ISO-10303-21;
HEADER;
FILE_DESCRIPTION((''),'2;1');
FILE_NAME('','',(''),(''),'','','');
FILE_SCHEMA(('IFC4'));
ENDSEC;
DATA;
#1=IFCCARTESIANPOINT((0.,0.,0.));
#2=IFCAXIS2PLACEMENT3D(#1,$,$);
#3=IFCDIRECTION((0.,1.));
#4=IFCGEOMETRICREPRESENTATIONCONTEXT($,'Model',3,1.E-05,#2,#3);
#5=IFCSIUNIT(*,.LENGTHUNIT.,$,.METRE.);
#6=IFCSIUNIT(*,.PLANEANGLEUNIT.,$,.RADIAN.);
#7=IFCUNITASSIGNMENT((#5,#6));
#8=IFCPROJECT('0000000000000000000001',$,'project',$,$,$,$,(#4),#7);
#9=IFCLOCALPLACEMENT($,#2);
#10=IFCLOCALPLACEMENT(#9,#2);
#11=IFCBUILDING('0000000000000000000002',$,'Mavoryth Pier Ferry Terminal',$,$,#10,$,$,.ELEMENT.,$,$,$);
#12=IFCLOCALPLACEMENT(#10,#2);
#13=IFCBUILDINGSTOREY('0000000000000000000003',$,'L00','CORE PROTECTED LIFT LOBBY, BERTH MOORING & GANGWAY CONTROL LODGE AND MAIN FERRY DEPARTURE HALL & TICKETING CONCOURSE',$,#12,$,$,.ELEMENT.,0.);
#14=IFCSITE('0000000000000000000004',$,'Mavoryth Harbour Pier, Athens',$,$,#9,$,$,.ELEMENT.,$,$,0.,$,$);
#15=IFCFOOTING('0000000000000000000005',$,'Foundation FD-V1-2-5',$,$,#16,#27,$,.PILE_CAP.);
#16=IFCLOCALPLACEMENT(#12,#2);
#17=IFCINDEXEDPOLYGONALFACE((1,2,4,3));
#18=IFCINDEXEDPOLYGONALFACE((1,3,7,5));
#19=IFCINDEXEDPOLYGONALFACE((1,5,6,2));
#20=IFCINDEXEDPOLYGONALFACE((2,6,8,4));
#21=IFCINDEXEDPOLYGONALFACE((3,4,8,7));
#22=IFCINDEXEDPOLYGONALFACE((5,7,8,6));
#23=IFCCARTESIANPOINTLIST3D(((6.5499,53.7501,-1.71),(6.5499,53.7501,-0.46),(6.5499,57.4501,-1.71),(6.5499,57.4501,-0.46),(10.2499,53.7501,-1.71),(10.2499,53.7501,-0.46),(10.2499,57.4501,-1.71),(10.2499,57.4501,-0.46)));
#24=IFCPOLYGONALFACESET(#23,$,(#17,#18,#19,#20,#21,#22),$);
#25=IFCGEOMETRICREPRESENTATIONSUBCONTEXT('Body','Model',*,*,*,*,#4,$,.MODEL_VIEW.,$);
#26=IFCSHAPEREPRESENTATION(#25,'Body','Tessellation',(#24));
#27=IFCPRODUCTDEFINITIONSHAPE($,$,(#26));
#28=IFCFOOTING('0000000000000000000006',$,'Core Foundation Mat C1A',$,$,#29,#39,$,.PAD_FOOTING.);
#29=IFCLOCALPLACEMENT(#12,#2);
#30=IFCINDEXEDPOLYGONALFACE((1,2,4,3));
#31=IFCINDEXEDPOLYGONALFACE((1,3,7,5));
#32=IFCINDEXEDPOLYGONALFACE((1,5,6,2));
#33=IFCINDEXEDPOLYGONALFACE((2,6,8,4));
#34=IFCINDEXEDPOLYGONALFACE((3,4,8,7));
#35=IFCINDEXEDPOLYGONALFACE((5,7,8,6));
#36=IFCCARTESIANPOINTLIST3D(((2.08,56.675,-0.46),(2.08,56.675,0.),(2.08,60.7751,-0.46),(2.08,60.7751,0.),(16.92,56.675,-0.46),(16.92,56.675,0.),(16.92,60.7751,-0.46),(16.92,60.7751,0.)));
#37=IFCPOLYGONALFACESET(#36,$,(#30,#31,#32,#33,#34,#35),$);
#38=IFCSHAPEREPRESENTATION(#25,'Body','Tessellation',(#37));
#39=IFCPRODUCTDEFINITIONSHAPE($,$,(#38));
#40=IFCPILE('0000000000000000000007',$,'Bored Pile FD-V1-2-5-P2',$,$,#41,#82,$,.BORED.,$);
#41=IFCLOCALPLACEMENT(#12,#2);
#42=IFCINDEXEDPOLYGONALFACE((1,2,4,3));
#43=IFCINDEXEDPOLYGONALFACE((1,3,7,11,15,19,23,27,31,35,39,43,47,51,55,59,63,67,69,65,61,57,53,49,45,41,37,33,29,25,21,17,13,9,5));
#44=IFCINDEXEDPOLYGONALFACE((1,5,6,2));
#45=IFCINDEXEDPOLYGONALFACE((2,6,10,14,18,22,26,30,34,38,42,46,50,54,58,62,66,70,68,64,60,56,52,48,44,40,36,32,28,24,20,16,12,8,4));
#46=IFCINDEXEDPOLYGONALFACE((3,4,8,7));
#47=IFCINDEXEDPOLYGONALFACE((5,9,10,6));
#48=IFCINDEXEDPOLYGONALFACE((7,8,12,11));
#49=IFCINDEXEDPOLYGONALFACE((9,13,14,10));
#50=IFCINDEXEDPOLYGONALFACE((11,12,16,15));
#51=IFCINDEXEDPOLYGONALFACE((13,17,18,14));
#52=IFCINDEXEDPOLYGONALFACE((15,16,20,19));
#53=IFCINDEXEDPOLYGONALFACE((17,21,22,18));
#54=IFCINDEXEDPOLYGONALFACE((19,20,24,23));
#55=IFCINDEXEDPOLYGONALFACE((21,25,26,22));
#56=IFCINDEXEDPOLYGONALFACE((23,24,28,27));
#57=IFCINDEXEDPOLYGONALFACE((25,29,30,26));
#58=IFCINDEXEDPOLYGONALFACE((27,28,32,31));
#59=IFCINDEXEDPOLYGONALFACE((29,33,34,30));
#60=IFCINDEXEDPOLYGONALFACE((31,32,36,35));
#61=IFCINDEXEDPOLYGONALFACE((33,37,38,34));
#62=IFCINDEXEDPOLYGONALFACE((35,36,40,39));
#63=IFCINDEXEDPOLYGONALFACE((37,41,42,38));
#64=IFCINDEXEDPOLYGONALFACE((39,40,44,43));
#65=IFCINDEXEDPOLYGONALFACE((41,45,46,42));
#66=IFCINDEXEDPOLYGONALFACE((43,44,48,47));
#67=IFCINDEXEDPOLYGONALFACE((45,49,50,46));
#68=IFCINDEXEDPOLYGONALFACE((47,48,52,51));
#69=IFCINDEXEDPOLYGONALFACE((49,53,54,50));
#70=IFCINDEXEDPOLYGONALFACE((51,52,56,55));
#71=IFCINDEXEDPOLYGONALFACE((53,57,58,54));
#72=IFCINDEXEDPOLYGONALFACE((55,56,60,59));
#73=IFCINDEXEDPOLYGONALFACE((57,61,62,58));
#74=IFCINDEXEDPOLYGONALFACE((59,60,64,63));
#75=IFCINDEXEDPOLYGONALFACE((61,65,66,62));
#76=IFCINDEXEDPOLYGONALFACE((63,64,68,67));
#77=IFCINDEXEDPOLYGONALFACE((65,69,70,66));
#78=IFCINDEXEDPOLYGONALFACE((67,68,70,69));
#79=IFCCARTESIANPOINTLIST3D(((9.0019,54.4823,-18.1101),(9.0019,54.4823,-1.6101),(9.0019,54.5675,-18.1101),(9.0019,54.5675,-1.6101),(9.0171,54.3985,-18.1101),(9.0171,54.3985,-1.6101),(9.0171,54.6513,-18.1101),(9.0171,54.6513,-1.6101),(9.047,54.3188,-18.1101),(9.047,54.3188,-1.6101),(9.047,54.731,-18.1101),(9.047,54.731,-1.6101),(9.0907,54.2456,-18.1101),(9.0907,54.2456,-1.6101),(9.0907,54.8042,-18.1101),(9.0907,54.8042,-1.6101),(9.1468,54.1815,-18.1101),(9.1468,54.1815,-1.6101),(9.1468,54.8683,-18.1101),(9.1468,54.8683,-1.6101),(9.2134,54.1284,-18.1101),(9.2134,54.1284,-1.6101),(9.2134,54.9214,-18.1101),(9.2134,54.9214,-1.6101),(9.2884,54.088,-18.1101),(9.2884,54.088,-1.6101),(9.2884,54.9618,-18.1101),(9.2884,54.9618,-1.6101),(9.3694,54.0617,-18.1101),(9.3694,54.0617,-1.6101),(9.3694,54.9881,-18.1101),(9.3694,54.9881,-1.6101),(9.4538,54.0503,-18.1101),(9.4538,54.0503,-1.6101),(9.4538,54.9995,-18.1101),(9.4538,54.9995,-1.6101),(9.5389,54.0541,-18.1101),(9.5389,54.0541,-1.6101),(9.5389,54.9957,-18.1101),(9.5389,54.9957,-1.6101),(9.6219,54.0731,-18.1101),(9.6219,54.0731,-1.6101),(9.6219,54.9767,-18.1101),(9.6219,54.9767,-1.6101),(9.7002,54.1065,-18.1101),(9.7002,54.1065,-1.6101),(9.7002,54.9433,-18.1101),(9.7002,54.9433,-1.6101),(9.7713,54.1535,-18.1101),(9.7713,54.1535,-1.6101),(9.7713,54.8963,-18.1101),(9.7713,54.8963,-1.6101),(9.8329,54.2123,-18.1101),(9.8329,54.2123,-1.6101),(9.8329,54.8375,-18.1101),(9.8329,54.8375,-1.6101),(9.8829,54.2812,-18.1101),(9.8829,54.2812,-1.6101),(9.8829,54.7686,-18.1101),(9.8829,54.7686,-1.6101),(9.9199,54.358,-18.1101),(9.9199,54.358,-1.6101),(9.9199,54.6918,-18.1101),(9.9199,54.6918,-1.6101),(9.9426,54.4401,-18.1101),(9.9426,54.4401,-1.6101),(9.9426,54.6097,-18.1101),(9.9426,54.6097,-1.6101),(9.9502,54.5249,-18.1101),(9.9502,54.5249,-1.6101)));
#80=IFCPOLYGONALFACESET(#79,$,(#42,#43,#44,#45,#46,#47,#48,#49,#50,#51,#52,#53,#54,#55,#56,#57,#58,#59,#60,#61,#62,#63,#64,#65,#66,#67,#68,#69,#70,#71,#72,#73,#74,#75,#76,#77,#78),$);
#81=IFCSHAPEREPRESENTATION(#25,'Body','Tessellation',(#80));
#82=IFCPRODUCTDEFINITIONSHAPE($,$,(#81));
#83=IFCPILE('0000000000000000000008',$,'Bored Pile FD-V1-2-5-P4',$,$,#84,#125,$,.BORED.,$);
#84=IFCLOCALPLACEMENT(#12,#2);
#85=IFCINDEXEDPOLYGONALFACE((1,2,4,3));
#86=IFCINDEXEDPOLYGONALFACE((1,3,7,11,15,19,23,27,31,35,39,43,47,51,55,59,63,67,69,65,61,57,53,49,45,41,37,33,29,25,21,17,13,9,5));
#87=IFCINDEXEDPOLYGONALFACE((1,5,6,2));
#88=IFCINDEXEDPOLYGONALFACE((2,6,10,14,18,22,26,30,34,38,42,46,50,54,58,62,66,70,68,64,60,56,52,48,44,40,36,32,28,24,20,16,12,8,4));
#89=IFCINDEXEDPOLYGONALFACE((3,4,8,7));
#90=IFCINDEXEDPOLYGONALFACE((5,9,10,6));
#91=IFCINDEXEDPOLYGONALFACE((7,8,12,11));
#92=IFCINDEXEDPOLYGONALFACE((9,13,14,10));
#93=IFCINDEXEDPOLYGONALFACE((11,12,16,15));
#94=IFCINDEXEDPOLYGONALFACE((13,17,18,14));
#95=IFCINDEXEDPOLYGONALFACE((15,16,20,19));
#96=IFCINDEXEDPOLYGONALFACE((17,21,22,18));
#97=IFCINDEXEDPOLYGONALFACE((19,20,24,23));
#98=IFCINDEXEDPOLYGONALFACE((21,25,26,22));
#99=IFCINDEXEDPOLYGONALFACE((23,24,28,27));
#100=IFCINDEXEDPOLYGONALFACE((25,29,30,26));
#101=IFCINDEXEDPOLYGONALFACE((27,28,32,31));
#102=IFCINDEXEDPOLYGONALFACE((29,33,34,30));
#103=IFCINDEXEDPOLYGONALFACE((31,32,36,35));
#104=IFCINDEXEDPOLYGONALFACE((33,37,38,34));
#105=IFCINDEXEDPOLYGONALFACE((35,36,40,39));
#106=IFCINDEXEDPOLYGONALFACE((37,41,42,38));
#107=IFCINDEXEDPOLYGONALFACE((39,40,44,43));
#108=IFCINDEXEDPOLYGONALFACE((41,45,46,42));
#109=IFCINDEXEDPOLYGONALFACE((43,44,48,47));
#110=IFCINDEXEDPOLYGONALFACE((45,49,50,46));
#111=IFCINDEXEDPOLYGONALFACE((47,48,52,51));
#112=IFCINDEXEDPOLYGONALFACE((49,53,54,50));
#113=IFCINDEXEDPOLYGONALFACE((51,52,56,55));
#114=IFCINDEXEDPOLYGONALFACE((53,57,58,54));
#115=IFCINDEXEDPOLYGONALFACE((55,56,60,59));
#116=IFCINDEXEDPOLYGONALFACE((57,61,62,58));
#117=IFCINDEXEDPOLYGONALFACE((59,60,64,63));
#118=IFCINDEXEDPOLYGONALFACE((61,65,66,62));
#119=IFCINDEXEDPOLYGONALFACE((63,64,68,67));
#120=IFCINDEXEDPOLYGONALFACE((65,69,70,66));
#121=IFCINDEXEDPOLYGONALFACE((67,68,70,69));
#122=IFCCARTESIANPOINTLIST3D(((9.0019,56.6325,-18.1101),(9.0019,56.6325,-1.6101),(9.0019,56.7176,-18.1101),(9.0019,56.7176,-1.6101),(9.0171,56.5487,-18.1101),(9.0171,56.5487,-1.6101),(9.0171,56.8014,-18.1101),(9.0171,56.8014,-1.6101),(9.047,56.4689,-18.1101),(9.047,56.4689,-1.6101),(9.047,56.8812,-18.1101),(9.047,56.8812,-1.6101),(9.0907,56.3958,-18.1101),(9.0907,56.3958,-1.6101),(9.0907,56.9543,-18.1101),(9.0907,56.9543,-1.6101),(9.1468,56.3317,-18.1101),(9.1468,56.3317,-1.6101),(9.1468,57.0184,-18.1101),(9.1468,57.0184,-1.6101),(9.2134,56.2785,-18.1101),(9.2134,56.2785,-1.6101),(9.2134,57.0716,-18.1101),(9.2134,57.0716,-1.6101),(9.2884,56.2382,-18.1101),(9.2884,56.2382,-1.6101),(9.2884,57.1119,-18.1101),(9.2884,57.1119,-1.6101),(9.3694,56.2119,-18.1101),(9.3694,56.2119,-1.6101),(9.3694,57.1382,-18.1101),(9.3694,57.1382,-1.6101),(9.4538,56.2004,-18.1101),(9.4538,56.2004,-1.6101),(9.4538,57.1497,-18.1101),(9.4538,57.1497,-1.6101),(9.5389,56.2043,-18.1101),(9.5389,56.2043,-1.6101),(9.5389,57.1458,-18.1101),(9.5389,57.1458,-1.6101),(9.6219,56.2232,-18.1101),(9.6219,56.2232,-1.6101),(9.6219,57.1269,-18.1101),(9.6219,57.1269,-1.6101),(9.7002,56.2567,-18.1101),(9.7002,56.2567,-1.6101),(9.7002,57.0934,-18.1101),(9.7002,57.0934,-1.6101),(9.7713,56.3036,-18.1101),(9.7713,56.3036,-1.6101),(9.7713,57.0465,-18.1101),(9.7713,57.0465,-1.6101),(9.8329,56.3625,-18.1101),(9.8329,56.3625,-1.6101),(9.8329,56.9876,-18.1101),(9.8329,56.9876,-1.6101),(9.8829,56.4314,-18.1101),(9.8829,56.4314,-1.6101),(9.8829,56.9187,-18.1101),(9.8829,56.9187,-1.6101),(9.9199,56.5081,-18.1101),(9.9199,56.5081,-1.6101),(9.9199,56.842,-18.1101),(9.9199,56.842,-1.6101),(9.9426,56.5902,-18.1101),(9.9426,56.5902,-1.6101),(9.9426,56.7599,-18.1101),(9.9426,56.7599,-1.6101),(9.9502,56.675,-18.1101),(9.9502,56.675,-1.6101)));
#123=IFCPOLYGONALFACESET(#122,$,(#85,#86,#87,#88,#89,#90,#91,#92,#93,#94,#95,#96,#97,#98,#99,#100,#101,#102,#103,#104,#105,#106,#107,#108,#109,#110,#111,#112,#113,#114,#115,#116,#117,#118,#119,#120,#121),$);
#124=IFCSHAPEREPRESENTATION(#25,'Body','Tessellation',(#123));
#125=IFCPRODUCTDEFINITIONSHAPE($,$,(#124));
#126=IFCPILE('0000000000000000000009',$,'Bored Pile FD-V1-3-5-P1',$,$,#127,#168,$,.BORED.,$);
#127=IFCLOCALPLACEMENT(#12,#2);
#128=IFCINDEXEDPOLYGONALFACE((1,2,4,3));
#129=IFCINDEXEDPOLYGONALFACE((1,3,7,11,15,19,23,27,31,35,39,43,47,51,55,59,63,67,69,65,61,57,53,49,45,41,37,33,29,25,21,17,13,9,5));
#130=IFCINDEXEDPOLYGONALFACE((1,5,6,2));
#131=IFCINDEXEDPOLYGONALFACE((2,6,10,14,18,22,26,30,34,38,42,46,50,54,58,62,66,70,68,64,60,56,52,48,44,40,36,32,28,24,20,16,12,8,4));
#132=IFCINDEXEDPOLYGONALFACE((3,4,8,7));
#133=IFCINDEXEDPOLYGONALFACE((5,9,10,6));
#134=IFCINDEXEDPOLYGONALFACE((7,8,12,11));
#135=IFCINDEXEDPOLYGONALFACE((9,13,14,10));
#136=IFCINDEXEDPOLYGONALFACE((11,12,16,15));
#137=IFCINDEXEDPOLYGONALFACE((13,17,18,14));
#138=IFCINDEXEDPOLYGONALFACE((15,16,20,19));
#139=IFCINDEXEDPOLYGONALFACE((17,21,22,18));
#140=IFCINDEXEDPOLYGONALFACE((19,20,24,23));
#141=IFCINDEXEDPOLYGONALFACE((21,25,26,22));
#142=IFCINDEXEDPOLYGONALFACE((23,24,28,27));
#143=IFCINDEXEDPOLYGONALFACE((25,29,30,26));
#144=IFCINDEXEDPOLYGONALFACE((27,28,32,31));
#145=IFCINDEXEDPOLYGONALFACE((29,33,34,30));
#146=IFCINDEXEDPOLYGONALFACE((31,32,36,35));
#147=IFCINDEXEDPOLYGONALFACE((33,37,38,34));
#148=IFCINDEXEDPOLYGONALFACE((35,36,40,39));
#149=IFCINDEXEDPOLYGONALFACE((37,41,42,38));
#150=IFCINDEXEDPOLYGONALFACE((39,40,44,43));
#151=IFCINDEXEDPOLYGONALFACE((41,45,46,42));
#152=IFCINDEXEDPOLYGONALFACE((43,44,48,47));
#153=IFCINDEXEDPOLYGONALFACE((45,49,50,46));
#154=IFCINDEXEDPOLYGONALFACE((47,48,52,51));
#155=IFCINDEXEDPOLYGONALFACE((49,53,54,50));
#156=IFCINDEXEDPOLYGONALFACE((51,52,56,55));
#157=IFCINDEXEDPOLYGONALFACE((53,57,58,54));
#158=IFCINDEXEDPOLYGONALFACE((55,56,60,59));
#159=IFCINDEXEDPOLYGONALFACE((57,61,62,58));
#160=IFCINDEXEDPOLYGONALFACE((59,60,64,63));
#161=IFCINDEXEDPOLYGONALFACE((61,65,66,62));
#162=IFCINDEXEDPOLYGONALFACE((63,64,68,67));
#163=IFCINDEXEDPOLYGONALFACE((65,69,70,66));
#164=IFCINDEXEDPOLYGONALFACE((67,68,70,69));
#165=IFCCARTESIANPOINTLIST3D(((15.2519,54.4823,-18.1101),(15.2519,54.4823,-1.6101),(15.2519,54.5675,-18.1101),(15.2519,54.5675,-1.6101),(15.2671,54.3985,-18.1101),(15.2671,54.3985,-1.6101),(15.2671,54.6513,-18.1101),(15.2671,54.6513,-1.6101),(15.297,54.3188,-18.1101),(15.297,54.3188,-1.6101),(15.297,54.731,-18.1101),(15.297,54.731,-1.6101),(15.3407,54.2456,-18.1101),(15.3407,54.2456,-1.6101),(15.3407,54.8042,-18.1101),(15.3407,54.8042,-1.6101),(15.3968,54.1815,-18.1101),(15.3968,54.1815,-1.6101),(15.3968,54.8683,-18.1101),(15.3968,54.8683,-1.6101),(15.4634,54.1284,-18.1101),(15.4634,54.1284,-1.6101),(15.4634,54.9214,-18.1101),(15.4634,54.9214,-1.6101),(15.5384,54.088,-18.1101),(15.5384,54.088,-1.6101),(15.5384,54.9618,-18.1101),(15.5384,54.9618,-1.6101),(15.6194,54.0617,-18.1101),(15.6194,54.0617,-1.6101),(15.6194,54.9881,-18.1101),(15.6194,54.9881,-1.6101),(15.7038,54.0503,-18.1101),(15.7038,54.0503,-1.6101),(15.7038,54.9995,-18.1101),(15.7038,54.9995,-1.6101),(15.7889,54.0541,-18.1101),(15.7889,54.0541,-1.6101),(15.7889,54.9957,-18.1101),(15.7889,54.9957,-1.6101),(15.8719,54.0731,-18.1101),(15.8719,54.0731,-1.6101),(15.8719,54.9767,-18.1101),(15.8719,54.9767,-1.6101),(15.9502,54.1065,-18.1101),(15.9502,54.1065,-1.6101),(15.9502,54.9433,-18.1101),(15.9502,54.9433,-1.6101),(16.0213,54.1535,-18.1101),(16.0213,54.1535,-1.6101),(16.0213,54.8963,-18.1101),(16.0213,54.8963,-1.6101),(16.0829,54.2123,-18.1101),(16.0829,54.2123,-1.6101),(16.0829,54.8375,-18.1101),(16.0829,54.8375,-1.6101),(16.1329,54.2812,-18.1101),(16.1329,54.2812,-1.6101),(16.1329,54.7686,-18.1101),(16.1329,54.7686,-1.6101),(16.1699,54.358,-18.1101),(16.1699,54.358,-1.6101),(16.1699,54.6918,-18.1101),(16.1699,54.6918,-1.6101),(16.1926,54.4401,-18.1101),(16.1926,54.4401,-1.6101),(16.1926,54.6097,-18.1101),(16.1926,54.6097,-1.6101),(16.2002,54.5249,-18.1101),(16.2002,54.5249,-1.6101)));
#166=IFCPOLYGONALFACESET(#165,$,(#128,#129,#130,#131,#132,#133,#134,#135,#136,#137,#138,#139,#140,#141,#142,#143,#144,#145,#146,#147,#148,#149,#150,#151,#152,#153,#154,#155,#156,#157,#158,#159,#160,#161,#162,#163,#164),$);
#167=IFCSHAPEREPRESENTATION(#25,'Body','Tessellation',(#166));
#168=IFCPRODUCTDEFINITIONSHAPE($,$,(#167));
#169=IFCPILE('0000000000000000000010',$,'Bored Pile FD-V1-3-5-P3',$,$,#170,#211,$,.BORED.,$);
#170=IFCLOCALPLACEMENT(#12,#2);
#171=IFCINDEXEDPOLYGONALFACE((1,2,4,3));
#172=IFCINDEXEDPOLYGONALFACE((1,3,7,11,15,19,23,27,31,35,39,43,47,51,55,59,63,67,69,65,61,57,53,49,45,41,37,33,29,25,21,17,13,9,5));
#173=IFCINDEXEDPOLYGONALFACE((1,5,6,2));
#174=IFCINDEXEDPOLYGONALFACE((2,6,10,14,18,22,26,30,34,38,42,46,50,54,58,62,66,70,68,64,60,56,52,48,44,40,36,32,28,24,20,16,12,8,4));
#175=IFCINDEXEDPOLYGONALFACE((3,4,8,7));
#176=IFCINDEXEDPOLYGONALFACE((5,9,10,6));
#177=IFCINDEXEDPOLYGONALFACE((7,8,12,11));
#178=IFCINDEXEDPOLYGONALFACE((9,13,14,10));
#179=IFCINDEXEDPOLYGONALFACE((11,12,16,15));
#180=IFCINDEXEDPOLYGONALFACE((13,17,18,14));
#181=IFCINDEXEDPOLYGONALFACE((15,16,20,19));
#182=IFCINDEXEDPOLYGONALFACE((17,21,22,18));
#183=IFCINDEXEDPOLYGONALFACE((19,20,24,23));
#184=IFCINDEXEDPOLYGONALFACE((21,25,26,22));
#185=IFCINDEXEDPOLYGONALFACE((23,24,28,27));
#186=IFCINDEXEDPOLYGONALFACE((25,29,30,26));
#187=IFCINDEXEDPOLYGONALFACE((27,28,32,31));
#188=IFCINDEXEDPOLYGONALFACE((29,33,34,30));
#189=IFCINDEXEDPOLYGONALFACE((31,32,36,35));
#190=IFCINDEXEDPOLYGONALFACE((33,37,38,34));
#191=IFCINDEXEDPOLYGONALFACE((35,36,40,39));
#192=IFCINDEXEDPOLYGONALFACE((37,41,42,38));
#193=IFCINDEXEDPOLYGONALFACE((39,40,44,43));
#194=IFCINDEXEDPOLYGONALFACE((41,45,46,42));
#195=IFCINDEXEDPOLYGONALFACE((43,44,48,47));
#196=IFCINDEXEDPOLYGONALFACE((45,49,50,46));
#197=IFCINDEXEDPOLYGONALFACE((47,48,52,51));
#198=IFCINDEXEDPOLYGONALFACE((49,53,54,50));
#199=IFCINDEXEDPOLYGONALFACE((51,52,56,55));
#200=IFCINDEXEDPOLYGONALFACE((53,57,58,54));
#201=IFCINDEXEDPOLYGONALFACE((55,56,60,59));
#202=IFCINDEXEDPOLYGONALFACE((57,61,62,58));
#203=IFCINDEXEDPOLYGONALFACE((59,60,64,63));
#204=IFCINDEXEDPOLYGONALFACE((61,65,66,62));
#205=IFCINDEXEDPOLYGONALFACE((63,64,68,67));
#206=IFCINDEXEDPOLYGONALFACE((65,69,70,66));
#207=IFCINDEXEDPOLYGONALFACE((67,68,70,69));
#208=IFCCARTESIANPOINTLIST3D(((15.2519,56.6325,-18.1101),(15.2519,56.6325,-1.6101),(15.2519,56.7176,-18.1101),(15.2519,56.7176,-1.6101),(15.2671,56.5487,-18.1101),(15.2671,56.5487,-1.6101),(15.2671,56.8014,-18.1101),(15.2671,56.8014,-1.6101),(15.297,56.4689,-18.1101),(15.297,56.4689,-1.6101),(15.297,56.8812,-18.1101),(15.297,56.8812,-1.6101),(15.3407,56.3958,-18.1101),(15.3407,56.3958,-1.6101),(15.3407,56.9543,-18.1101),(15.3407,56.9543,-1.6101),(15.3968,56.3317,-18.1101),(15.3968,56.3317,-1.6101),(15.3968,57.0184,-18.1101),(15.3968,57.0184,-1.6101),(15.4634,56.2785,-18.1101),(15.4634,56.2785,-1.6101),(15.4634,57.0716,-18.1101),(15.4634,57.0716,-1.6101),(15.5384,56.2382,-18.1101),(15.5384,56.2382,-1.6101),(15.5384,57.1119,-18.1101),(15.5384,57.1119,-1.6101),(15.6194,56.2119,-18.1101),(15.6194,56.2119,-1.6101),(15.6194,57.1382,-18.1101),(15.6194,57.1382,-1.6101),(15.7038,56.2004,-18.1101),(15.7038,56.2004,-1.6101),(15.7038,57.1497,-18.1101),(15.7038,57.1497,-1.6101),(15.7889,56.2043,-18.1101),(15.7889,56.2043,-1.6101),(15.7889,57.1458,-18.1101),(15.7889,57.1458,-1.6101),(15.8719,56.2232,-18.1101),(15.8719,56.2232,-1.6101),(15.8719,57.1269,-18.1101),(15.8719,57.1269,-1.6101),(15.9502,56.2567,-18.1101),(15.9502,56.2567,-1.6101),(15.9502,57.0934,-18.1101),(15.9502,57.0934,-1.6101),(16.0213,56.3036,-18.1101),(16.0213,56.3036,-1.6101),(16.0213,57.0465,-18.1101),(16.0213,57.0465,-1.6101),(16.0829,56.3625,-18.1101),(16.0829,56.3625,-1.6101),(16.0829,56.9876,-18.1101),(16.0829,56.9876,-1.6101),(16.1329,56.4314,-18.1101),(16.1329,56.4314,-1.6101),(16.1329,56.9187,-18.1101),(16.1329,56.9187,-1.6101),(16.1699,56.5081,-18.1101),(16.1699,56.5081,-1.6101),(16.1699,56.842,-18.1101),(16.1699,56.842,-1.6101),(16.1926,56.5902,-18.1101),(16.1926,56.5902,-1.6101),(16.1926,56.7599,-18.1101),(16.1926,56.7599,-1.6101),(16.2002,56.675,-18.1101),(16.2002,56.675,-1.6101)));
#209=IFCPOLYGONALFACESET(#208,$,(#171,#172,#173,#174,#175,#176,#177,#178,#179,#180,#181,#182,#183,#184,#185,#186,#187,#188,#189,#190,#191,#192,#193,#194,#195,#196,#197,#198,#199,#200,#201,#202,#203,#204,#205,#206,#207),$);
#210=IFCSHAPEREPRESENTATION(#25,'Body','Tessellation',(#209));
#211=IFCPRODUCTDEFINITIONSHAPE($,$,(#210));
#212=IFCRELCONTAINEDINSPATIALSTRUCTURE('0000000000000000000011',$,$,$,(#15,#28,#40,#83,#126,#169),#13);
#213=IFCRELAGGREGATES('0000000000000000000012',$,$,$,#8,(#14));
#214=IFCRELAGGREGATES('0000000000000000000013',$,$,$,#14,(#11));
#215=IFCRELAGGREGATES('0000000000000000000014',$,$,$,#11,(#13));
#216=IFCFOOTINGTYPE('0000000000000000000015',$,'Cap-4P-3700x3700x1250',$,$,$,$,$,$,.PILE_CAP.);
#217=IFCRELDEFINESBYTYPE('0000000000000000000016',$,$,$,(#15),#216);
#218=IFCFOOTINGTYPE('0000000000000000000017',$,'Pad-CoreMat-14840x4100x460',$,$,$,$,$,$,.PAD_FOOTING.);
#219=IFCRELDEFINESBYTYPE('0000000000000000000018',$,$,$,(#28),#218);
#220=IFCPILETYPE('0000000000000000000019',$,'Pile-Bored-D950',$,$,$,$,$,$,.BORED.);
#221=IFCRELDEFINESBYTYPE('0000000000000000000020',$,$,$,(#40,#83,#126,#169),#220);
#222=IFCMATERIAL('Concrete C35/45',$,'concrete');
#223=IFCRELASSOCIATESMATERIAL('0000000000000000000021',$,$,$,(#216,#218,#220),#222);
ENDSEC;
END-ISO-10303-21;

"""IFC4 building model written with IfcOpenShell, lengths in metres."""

from ifc_helpers import new_model, si_unit, direction, frame, origin, origin_2d, place, context, subcontext, project, spatial, rectangle, circle, extrude, material, material_profile, profile_set, type_object, element, save


model = new_model("IFC4")

# Units and contexts
model_context = context("Model", 3, precision=1e-05, world=origin(), true_north=direction((0.0, 1.0)))
body_context = subcontext(model_context, "Body", "Model", "MODEL_VIEW")
ifc_project = project(units=[si_unit("LENGTHUNIT", "METRE"), si_unit("PLANEANGLEUNIT", "RADIAN")], contexts=[model_context])

# Site, building, storey
site_placement = place(None, origin())
site = spatial("IfcSite", under=ifc_project, at=site_placement, Name="Mavoryth Harbour Pier, Athens", CompositionType="ELEMENT", RefElevation=0.0)
building_placement = place(site_placement, origin())
building = spatial("IfcBuilding", under=site, at=building_placement, Name="Mavoryth Pier Ferry Terminal", CompositionType="ELEMENT")
storey_placement = place(building_placement, origin())
storey = spatial("IfcBuildingStorey", under=building, at=storey_placement, Name="L00", Description="CORE PROTECTED LIFT LOBBY, BERTH MOORING & GANGWAY CONTROL LODGE AND MAIN FERRY DEPARTURE HALL & TICKETING CONCOURSE", CompositionType="ELEMENT", Elevation=0.0)

# Footings
ifc_material_1 = material(Name="Concrete C35/45", Category="concrete")
footing_type_1 = type_object("IfcFootingType", Name="Cap-4P-3700x3700x1250", PredefinedType="PILE_CAP", material=ifc_material_1)
footing_1_placement = place(storey_placement, frame((8.3999, 55.6001, -1.71), z_axis=(0.0, 0.0, 1.0), x_axis=(1.0, 0.0, 0.0)))
element("IfcFooting", 1, at=footing_1_placement, inside=storey, type_object=footing_type_1, Name="Foundation FD-V1-2-5", PredefinedType="PILE_CAP", context=body_context, shape_type="SweptSolid", body=[
    extrude(rectangle(XDim=3.7, YDim=3.7, at=origin_2d()), origin(), (0.0, 0.0, 1.0), 1.25),
])
footing_type_2 = type_object("IfcFootingType", Name="Pad-CoreMat-14840x4100x460", PredefinedType="PAD_FOOTING", material=ifc_material_1)
footing_2_placement = place(storey_placement, frame((9.5, 58.7251, -0.46), z_axis=(0.0, 0.0, 1.0), x_axis=(1.0, 0.0, 0.0)))
element("IfcFooting", 2, at=footing_2_placement, inside=storey, type_object=footing_type_2, Name="Core Foundation Mat C1A", PredefinedType="PAD_FOOTING", context=body_context, shape_type="SweptSolid", body=[
    extrude(rectangle(XDim=14.8401, YDim=4.1001, at=origin_2d()), origin(), (0.0, 0.0, 1.0), 0.46),
])

# Piles
ifc_material_profile_1 = material_profile(ifc_material_1, circle(Radius=0.4751, at=origin_2d()), Name="PILE D950", Category="concrete")
ifc_profile_set_1 = profile_set([ifc_material_profile_1], Name="Concrete C35/45 - PILE D950")
pile_type = type_object("IfcPileType", Name="Pile-Bored-D950", PredefinedType="BORED", material=ifc_profile_set_1)
for number, where, z_axis, x_axis, name in (
    (3, (9.4751, 54.5249, -1.6101), (0.0, 0.0, -1.0), (1.0, 0.0, 0.0), "Bored Pile FD-V1-2-5-P2"),
    (4, (9.4751, 56.675, -1.6101), (0.0, 0.0, -1.0), (1.0, 0.0, 0.0), "Bored Pile FD-V1-2-5-P4"),
    (5, (15.7251, 54.5249, -1.6101), (0.0, 0.0, -1.0), (1.0, 0.0, 0.0), "Bored Pile FD-V1-3-5-P1"),
    (6, (15.7251, 56.675, -1.6101), (0.0, 0.0, -1.0), (1.0, 0.0, 0.0), "Bored Pile FD-V1-3-5-P3"),
):
    element("IfcPile", number, at=place(storey_placement, frame(where, z_axis=z_axis, x_axis=x_axis)), inside=storey, type_object=pile_type, Name=name, PredefinedType="BORED", context=body_context, shape_type="SweptSolid", body=[
        extrude(circle(Radius=0.4751, at=origin_2d()), origin(), (0.0, 0.0, 1.0), 16.5),
    ])

save(model, "model.ifc")
